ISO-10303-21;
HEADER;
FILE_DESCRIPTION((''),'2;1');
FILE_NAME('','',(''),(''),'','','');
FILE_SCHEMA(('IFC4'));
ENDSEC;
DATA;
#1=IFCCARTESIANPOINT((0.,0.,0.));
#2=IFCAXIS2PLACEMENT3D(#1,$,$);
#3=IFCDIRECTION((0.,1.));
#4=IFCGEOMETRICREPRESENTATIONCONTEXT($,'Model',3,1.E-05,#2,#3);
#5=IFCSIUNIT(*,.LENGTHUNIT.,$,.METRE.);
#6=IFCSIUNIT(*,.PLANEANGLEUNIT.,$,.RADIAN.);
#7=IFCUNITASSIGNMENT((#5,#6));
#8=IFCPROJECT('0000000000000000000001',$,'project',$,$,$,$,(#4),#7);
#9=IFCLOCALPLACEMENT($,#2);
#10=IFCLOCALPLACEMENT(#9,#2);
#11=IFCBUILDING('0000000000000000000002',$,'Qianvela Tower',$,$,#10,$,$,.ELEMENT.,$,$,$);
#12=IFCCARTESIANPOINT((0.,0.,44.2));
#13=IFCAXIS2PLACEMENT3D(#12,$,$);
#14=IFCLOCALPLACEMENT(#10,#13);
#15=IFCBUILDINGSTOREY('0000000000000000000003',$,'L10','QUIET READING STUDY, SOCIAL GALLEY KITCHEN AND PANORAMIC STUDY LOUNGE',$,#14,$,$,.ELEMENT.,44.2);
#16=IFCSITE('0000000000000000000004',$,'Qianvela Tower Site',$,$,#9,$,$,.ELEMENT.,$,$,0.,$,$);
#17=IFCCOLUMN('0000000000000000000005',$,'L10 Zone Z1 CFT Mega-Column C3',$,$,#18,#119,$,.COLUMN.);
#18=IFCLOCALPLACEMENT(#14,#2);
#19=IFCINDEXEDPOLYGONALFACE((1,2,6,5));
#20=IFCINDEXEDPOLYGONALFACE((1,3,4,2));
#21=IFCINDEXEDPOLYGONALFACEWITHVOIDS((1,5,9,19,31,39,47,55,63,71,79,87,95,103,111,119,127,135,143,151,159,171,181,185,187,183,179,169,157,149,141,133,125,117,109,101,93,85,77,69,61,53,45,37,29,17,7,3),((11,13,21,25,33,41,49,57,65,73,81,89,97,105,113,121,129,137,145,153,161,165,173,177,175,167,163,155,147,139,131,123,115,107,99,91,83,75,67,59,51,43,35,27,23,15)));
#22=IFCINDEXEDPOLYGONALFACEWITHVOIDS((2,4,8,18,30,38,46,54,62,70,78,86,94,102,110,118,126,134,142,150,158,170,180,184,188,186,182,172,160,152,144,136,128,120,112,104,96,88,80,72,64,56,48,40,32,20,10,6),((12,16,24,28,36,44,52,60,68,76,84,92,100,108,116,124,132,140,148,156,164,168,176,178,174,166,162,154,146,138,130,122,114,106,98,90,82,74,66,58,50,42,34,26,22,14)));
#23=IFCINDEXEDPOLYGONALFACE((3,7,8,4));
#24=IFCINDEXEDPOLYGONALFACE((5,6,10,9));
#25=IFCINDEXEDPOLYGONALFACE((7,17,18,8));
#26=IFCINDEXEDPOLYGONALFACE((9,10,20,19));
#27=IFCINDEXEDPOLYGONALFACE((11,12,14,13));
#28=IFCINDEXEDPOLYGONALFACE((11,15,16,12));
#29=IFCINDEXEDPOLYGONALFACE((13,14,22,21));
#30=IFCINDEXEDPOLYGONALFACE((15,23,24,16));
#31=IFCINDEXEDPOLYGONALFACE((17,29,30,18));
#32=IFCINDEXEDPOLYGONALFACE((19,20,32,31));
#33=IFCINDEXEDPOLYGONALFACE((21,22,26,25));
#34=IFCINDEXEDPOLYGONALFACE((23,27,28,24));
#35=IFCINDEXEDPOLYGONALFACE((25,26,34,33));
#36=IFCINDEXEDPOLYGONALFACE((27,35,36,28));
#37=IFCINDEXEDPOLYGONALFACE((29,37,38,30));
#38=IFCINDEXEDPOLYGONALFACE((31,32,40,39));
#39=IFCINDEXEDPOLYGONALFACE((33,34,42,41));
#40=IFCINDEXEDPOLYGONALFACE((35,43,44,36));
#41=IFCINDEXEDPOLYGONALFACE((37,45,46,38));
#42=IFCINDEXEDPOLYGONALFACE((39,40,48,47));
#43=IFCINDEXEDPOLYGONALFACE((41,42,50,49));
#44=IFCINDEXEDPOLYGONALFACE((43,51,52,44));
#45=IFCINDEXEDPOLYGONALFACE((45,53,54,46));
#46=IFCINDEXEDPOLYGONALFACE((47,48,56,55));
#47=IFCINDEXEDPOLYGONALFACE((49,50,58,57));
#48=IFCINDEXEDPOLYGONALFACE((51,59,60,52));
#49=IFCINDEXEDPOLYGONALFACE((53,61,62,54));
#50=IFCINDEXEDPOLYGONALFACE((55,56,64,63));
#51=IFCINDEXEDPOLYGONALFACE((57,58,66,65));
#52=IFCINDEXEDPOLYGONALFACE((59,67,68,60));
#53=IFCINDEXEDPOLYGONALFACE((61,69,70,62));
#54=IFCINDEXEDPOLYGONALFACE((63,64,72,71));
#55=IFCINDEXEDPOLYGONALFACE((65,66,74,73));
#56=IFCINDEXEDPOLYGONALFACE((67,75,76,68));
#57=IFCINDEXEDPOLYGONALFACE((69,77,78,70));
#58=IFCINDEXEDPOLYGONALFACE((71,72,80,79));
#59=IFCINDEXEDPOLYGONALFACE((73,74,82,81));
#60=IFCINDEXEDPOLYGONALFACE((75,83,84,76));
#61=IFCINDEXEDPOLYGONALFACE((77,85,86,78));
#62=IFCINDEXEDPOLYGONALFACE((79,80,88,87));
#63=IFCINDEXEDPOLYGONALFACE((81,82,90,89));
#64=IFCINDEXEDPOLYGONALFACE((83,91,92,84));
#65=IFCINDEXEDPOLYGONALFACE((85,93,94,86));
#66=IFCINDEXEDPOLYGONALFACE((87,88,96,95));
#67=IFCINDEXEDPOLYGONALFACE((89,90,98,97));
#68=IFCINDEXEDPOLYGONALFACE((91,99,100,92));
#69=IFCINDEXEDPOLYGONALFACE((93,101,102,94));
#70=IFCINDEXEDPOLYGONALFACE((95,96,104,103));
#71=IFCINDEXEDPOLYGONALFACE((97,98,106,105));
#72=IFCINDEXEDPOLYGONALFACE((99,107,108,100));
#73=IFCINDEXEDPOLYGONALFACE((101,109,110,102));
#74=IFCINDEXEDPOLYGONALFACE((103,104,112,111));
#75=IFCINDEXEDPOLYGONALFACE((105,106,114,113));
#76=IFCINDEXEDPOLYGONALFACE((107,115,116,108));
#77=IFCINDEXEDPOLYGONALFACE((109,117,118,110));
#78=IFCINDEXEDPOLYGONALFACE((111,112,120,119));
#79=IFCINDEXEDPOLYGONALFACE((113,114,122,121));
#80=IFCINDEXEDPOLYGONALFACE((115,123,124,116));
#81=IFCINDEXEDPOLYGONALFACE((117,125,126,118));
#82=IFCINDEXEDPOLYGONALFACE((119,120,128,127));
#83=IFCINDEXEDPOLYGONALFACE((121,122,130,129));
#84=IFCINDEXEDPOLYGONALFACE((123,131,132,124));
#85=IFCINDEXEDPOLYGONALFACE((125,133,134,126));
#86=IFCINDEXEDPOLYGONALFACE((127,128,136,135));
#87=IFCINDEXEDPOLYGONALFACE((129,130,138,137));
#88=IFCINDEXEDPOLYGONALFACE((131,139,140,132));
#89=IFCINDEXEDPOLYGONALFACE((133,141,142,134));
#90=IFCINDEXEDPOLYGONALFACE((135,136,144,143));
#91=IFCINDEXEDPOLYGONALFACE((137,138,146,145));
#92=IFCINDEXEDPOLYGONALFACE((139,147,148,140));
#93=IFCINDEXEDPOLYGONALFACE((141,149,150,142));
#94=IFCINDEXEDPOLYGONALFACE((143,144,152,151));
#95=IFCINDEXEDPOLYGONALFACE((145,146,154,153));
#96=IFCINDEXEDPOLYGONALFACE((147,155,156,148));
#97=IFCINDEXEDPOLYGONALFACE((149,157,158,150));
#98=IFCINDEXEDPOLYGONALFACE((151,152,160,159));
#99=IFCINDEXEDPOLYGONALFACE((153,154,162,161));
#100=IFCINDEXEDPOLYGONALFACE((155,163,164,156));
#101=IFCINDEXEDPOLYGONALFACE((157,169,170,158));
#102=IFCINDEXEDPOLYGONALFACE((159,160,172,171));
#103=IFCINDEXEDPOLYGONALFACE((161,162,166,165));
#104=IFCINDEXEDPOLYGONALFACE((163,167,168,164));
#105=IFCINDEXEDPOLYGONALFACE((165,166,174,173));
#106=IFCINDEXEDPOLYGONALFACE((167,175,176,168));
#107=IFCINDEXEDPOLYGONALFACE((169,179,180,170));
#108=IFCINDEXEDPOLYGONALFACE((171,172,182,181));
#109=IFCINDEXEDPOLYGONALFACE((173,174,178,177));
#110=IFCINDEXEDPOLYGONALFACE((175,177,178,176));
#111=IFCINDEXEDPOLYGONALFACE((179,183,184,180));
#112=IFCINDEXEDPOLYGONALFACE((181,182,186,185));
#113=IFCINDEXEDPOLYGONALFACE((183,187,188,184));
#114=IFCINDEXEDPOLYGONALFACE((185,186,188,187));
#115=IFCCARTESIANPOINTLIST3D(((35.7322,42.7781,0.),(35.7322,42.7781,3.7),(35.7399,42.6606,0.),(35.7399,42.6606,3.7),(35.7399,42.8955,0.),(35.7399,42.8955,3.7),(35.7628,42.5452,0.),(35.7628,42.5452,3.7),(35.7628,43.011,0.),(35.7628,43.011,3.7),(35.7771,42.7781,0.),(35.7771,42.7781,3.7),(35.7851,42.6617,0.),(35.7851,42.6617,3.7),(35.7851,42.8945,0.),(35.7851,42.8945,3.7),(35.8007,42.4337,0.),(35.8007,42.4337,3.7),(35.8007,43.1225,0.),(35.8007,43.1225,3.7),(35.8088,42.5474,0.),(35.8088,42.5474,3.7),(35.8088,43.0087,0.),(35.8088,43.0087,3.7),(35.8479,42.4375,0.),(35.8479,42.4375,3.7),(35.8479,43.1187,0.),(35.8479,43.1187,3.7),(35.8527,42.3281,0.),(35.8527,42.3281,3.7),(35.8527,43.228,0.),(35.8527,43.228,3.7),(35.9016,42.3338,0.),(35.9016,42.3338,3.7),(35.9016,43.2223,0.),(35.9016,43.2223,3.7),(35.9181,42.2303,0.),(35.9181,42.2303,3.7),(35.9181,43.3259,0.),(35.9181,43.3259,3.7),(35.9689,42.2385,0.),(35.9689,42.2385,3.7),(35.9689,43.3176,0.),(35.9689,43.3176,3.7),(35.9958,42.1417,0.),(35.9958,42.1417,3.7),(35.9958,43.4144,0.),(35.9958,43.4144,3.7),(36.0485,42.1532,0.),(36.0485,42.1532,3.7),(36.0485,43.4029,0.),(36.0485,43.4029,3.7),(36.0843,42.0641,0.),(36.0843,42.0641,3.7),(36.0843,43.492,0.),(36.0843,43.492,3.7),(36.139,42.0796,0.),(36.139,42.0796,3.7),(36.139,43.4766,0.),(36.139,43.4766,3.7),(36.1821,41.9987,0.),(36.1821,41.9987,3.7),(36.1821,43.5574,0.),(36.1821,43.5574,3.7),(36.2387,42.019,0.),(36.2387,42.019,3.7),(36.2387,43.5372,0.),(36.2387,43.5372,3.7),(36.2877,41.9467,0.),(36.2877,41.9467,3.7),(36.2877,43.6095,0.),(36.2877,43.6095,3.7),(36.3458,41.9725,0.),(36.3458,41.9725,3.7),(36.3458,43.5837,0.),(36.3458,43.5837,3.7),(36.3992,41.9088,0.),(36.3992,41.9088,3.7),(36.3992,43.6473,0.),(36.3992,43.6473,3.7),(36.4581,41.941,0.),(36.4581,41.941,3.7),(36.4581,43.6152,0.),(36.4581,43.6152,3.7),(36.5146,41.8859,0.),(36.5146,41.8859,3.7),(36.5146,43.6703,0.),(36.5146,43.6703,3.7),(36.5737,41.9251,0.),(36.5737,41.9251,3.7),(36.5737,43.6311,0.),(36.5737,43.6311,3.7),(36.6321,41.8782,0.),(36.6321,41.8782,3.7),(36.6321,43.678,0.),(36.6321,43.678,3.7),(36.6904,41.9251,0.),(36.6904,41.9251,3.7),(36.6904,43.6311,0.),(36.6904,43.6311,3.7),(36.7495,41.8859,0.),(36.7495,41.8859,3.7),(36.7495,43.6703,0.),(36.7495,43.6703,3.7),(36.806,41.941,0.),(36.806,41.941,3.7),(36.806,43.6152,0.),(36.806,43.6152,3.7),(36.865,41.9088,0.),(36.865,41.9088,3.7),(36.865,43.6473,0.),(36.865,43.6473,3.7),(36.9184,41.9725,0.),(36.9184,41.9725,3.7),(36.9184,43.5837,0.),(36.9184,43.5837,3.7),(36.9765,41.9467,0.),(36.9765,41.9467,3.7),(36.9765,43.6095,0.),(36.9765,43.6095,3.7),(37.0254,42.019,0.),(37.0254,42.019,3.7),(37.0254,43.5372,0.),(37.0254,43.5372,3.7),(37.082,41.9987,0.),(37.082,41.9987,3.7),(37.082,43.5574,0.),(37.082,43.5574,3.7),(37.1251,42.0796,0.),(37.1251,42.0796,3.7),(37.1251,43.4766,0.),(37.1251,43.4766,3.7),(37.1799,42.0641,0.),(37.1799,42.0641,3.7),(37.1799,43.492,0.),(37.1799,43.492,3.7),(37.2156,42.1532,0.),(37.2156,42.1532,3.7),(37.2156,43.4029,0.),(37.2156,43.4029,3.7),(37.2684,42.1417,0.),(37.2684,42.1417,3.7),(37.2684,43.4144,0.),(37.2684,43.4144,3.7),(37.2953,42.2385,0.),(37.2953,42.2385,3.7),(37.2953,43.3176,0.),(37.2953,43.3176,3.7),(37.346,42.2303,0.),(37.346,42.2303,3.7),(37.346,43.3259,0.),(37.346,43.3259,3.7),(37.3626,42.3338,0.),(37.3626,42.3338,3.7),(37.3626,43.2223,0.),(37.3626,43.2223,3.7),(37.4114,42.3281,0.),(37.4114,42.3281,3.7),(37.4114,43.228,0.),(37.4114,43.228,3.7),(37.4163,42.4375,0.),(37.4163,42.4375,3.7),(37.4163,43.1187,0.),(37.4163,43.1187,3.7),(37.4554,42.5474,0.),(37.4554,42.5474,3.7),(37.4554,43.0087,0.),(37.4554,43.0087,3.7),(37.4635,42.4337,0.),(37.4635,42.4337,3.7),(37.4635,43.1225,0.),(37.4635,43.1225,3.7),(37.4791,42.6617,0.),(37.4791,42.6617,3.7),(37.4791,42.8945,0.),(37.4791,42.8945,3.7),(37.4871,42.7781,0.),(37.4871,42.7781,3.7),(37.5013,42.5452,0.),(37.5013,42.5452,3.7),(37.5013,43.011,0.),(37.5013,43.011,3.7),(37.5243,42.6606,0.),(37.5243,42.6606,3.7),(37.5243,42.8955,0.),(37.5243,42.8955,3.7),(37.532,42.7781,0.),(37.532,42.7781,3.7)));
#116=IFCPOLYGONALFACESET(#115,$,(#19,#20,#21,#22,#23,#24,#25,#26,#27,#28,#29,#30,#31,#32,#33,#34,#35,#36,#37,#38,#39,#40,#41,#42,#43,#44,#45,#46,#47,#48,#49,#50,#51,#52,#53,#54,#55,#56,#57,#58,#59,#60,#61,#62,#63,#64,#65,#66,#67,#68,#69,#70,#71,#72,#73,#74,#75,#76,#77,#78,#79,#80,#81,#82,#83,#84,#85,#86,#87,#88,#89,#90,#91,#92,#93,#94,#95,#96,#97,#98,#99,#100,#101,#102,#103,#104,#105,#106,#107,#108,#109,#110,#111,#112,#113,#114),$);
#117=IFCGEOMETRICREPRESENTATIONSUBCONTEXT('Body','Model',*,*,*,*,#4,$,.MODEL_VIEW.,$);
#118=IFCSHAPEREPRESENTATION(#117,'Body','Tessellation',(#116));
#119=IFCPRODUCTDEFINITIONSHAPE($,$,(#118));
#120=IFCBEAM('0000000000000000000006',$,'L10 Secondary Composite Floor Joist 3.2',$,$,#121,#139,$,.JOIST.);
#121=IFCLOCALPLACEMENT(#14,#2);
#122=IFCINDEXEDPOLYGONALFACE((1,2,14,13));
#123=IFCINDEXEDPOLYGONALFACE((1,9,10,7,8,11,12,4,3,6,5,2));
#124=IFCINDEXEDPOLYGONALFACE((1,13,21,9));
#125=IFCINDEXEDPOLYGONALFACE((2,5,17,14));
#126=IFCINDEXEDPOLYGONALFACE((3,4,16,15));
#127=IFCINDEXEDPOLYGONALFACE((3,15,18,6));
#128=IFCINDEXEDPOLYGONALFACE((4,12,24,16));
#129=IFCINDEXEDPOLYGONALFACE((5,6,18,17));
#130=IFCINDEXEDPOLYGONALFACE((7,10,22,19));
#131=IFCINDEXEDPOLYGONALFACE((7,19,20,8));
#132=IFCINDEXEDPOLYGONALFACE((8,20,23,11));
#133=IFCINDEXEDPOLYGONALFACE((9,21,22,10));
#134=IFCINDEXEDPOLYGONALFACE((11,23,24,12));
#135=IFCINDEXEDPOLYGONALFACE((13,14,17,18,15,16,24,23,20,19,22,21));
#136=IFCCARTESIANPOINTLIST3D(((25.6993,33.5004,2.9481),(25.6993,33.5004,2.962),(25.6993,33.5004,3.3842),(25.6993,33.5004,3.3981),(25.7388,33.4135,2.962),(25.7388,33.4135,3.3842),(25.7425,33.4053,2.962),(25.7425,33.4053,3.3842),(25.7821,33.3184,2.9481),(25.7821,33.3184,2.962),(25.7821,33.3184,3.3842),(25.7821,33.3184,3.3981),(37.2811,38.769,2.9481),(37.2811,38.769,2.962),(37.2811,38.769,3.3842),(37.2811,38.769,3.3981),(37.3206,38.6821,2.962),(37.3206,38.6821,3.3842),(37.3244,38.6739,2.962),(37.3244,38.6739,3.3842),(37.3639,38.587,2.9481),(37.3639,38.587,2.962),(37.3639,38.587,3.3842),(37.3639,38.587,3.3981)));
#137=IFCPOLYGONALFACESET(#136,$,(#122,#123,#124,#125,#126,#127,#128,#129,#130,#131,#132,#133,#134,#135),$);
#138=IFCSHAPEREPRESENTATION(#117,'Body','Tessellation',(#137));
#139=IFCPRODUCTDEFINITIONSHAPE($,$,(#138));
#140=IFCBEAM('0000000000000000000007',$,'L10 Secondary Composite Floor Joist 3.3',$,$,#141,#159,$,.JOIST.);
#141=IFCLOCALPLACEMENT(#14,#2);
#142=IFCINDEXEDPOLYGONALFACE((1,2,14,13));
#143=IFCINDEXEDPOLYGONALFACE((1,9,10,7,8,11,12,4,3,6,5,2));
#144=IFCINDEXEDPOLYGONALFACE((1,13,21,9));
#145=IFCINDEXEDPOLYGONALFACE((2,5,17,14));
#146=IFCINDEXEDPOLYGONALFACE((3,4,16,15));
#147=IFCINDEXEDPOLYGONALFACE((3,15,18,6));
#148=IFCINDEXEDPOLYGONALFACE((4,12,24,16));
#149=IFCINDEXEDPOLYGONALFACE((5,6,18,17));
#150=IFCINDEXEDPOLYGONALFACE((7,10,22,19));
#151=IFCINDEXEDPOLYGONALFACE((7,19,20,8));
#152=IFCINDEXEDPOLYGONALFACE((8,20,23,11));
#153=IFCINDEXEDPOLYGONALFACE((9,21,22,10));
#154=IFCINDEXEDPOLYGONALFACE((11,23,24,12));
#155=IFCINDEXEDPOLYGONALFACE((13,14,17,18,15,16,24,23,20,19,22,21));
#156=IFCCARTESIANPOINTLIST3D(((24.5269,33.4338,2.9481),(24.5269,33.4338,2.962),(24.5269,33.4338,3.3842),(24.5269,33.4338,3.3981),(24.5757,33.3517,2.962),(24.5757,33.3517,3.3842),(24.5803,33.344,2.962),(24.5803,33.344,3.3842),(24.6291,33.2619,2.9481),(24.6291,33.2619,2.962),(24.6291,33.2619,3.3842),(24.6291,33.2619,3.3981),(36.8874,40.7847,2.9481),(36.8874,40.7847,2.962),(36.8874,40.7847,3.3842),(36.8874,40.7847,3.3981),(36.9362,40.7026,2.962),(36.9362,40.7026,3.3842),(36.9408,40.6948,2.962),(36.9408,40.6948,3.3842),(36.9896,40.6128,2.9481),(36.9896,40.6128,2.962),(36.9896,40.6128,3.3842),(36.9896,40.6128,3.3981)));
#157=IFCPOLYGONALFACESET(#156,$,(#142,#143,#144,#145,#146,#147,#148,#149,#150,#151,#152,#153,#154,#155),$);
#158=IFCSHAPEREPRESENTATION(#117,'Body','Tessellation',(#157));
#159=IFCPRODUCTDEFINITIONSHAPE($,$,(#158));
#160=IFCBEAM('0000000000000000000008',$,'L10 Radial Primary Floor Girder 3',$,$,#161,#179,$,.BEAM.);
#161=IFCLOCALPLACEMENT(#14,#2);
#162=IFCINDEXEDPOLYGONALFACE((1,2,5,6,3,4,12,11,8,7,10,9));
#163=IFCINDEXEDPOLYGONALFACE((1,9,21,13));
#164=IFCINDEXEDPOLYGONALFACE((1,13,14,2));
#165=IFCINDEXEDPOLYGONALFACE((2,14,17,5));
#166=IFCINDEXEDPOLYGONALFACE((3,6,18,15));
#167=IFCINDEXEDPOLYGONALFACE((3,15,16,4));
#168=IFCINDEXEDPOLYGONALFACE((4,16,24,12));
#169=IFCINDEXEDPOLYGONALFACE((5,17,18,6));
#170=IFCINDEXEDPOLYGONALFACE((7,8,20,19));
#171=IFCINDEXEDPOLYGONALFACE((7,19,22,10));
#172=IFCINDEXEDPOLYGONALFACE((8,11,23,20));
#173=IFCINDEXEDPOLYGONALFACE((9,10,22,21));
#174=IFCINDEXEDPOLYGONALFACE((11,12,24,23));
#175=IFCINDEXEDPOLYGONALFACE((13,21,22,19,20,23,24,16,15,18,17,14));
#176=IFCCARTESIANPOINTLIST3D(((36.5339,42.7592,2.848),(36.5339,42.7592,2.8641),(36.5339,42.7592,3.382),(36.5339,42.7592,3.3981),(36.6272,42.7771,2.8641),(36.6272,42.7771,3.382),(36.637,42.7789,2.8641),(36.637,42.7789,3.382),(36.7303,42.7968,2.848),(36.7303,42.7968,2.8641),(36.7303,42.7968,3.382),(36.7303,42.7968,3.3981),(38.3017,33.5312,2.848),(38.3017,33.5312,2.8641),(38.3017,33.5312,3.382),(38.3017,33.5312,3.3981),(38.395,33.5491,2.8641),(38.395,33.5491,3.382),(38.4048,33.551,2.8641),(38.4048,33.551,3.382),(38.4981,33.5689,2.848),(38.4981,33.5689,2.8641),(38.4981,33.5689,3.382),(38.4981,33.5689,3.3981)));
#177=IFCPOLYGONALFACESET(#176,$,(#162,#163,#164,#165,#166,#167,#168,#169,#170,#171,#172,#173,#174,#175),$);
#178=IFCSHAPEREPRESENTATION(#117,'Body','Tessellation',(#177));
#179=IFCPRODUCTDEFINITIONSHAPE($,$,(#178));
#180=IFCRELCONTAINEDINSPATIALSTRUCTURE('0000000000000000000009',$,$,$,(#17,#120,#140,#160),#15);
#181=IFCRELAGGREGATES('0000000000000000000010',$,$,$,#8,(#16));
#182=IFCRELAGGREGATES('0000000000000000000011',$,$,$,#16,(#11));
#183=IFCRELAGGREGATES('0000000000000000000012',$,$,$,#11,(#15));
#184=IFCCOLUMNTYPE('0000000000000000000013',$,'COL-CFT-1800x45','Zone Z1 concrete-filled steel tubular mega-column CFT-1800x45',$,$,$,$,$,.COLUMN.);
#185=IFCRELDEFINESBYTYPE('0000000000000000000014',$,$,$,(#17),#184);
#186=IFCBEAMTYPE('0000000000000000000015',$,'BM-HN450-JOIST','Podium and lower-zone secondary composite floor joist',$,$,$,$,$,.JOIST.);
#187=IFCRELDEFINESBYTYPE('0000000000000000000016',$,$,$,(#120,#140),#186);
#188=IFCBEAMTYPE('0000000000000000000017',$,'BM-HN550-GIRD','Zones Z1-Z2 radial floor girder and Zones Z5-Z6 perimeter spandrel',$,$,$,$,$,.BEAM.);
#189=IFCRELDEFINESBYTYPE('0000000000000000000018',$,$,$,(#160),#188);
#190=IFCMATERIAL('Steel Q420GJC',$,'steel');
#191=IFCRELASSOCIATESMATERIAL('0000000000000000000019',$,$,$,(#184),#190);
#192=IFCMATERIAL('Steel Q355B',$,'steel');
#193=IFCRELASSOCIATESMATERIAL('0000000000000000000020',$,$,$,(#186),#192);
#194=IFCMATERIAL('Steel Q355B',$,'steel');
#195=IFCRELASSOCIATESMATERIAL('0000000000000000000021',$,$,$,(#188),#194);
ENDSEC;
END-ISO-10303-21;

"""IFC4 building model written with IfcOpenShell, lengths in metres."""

from ifc_helpers import new_model, si_unit, direction, frame, origin, origin_2d, place, context, subcontext, project, spatial, hollow_circle, i_section, extrude, material, material_profile, profile_set, type_object, element, save


model = new_model("IFC4")

# Units and contexts
model_context = context("Model", 3, precision=1e-05, world=origin(), true_north=direction((0.0, 1.0)))
body_context = subcontext(model_context, "Body", "Model", "MODEL_VIEW")
ifc_project = project(units=[si_unit("LENGTHUNIT", "METRE"), si_unit("PLANEANGLEUNIT", "RADIAN")], contexts=[model_context])

# Site, building, storey
site_placement = place(None, origin())
site = spatial("IfcSite", under=ifc_project, at=site_placement, Name="Qianvela Tower Site", CompositionType="ELEMENT", RefElevation=0.0)
building_placement = place(site_placement, origin())
building = spatial("IfcBuilding", under=site, at=building_placement, Name="Qianvela Tower", CompositionType="ELEMENT")
storey_placement = place(building_placement, frame((0.0, 0.0, 44.2)))
storey = spatial("IfcBuildingStorey", under=building, at=storey_placement, Name="L10", Description="QUIET READING STUDY, SOCIAL GALLEY KITCHEN AND PANORAMIC STUDY LOUNGE", CompositionType="ELEMENT", Elevation=44.2)

# Column
ifc_material_1 = material(Name="Steel Q420GJC", Category="steel")
ifc_material_profile_1 = material_profile(ifc_material_1, hollow_circle(Radius=0.8999, WallThickness=0.0449, at=origin_2d()), Name="CFT-1800x45")
ifc_profile_set_1 = profile_set([ifc_material_profile_1], Name="Steel Q420GJC")
column_type = type_object("IfcColumnType", Name="COL-CFT-1800x45", Description="Zone Z1 concrete-filled steel tubular mega-column CFT-1800x45", PredefinedType="COLUMN", material=ifc_profile_set_1)
for number, where, z_axis, x_axis, name in (
    (1, (36.6321, 42.7781, 0.0), (0.0, 0.0, 1.0), (1.0, 0.0, 0.0), "L10 Zone Z1 CFT Mega-Column C3"),
):
    element("IfcColumn", number, at=place(storey_placement, frame(where, z_axis=z_axis, x_axis=x_axis)), inside=storey, type_object=column_type, Name=name, PredefinedType="COLUMN", context=body_context, shape_type="SweptSolid", body=[
        extrude(hollow_circle(Radius=0.8999, WallThickness=0.0449, at=origin_2d()), origin(), (0.0, 0.0, 1.0), 3.7),
    ])

# Beams
ifc_material_2 = material(Name="Steel Q355B", Category="steel")
ifc_material_profile_2 = material_profile(ifc_material_2, i_section(OverallWidth=0.2, OverallDepth=0.45, WebThickness=0.009, FlangeThickness=0.0139, at=origin_2d()), Name="HN450x200x9x14")
ifc_profile_set_2 = profile_set([ifc_material_profile_2], Name="Steel Q355B")
beam_type_1 = type_object("IfcBeamType", Name="BM-HN450-JOIST", Description="Podium and lower-zone secondary composite floor joist", PredefinedType="JOIST", material=ifc_profile_set_2)
beam_1_placement = place(storey_placement, frame((37.3225, 38.678, 3.1731), z_axis=(-0.910245, -0.41407, 0.0), x_axis=(0.41407, -0.910245, 0.0)))
element("IfcBeam", 2, at=beam_1_placement, inside=storey, type_object=beam_type_1, Name="L10 Secondary Composite Floor Joist 3.2", PredefinedType="JOIST", context=body_context, shape_type="SweptSolid", body=[
    extrude(i_section(OverallWidth=0.2, OverallDepth=0.45, WebThickness=0.009, FlangeThickness=0.0139, at=origin_2d()), origin(), (0.0, 0.0, 1.0), 12.7239),
])
beam_2_placement = place(storey_placement, frame((36.9385, 40.6987, 3.1731), z_axis=(-0.859492, -0.511149, 0.0), x_axis=(0.511149, -0.859492, 0.0)))
element("IfcBeam", 3, at=beam_2_placement, inside=storey, type_object=beam_type_1, Name="L10 Secondary Composite Floor Joist 3.3", PredefinedType="JOIST", context=body_context, shape_type="SweptSolid", body=[
    extrude(i_section(OverallWidth=0.2, OverallDepth=0.45, WebThickness=0.009, FlangeThickness=0.0139, at=origin_2d()), origin(), (0.0, 0.0, 1.0), 14.3811),
])
ifc_material_3 = material(Name="Steel Q355B", Category="steel")
ifc_material_profile_3 = material_profile(ifc_material_3, i_section(OverallWidth=0.2, OverallDepth=0.55, WebThickness=0.01, FlangeThickness=0.0161, at=origin_2d()), Name="HN550x200x10x16")
ifc_profile_set_3 = profile_set([ifc_material_profile_3], Name="Steel Q355B")
beam_type_2 = type_object("IfcBeamType", Name="BM-HN550-GIRD", Description="Zones Z1-Z2 radial floor girder and Zones Z5-Z6 perimeter spandrel", PredefinedType="BEAM", material=ifc_profile_set_3)
beam_3_placement = place(storey_placement, frame((38.3999, 33.55, 3.123), z_axis=(-0.18815, 0.98214, 0.0), x_axis=(-0.98214, -0.18815, 0.0)))
element("IfcBeam", 4, at=beam_3_placement, inside=storey, type_object=beam_type_2, Name="L10 Radial Primary Floor Girder 3", PredefinedType="BEAM", context=body_context, shape_type="SweptSolid", body=[
    extrude(i_section(OverallWidth=0.2, OverallDepth=0.55, WebThickness=0.01, FlangeThickness=0.0161, at=origin_2d()), origin(), (0.0, 0.0, 1.0), 9.3958),
])

save(model, "model.ifc")
